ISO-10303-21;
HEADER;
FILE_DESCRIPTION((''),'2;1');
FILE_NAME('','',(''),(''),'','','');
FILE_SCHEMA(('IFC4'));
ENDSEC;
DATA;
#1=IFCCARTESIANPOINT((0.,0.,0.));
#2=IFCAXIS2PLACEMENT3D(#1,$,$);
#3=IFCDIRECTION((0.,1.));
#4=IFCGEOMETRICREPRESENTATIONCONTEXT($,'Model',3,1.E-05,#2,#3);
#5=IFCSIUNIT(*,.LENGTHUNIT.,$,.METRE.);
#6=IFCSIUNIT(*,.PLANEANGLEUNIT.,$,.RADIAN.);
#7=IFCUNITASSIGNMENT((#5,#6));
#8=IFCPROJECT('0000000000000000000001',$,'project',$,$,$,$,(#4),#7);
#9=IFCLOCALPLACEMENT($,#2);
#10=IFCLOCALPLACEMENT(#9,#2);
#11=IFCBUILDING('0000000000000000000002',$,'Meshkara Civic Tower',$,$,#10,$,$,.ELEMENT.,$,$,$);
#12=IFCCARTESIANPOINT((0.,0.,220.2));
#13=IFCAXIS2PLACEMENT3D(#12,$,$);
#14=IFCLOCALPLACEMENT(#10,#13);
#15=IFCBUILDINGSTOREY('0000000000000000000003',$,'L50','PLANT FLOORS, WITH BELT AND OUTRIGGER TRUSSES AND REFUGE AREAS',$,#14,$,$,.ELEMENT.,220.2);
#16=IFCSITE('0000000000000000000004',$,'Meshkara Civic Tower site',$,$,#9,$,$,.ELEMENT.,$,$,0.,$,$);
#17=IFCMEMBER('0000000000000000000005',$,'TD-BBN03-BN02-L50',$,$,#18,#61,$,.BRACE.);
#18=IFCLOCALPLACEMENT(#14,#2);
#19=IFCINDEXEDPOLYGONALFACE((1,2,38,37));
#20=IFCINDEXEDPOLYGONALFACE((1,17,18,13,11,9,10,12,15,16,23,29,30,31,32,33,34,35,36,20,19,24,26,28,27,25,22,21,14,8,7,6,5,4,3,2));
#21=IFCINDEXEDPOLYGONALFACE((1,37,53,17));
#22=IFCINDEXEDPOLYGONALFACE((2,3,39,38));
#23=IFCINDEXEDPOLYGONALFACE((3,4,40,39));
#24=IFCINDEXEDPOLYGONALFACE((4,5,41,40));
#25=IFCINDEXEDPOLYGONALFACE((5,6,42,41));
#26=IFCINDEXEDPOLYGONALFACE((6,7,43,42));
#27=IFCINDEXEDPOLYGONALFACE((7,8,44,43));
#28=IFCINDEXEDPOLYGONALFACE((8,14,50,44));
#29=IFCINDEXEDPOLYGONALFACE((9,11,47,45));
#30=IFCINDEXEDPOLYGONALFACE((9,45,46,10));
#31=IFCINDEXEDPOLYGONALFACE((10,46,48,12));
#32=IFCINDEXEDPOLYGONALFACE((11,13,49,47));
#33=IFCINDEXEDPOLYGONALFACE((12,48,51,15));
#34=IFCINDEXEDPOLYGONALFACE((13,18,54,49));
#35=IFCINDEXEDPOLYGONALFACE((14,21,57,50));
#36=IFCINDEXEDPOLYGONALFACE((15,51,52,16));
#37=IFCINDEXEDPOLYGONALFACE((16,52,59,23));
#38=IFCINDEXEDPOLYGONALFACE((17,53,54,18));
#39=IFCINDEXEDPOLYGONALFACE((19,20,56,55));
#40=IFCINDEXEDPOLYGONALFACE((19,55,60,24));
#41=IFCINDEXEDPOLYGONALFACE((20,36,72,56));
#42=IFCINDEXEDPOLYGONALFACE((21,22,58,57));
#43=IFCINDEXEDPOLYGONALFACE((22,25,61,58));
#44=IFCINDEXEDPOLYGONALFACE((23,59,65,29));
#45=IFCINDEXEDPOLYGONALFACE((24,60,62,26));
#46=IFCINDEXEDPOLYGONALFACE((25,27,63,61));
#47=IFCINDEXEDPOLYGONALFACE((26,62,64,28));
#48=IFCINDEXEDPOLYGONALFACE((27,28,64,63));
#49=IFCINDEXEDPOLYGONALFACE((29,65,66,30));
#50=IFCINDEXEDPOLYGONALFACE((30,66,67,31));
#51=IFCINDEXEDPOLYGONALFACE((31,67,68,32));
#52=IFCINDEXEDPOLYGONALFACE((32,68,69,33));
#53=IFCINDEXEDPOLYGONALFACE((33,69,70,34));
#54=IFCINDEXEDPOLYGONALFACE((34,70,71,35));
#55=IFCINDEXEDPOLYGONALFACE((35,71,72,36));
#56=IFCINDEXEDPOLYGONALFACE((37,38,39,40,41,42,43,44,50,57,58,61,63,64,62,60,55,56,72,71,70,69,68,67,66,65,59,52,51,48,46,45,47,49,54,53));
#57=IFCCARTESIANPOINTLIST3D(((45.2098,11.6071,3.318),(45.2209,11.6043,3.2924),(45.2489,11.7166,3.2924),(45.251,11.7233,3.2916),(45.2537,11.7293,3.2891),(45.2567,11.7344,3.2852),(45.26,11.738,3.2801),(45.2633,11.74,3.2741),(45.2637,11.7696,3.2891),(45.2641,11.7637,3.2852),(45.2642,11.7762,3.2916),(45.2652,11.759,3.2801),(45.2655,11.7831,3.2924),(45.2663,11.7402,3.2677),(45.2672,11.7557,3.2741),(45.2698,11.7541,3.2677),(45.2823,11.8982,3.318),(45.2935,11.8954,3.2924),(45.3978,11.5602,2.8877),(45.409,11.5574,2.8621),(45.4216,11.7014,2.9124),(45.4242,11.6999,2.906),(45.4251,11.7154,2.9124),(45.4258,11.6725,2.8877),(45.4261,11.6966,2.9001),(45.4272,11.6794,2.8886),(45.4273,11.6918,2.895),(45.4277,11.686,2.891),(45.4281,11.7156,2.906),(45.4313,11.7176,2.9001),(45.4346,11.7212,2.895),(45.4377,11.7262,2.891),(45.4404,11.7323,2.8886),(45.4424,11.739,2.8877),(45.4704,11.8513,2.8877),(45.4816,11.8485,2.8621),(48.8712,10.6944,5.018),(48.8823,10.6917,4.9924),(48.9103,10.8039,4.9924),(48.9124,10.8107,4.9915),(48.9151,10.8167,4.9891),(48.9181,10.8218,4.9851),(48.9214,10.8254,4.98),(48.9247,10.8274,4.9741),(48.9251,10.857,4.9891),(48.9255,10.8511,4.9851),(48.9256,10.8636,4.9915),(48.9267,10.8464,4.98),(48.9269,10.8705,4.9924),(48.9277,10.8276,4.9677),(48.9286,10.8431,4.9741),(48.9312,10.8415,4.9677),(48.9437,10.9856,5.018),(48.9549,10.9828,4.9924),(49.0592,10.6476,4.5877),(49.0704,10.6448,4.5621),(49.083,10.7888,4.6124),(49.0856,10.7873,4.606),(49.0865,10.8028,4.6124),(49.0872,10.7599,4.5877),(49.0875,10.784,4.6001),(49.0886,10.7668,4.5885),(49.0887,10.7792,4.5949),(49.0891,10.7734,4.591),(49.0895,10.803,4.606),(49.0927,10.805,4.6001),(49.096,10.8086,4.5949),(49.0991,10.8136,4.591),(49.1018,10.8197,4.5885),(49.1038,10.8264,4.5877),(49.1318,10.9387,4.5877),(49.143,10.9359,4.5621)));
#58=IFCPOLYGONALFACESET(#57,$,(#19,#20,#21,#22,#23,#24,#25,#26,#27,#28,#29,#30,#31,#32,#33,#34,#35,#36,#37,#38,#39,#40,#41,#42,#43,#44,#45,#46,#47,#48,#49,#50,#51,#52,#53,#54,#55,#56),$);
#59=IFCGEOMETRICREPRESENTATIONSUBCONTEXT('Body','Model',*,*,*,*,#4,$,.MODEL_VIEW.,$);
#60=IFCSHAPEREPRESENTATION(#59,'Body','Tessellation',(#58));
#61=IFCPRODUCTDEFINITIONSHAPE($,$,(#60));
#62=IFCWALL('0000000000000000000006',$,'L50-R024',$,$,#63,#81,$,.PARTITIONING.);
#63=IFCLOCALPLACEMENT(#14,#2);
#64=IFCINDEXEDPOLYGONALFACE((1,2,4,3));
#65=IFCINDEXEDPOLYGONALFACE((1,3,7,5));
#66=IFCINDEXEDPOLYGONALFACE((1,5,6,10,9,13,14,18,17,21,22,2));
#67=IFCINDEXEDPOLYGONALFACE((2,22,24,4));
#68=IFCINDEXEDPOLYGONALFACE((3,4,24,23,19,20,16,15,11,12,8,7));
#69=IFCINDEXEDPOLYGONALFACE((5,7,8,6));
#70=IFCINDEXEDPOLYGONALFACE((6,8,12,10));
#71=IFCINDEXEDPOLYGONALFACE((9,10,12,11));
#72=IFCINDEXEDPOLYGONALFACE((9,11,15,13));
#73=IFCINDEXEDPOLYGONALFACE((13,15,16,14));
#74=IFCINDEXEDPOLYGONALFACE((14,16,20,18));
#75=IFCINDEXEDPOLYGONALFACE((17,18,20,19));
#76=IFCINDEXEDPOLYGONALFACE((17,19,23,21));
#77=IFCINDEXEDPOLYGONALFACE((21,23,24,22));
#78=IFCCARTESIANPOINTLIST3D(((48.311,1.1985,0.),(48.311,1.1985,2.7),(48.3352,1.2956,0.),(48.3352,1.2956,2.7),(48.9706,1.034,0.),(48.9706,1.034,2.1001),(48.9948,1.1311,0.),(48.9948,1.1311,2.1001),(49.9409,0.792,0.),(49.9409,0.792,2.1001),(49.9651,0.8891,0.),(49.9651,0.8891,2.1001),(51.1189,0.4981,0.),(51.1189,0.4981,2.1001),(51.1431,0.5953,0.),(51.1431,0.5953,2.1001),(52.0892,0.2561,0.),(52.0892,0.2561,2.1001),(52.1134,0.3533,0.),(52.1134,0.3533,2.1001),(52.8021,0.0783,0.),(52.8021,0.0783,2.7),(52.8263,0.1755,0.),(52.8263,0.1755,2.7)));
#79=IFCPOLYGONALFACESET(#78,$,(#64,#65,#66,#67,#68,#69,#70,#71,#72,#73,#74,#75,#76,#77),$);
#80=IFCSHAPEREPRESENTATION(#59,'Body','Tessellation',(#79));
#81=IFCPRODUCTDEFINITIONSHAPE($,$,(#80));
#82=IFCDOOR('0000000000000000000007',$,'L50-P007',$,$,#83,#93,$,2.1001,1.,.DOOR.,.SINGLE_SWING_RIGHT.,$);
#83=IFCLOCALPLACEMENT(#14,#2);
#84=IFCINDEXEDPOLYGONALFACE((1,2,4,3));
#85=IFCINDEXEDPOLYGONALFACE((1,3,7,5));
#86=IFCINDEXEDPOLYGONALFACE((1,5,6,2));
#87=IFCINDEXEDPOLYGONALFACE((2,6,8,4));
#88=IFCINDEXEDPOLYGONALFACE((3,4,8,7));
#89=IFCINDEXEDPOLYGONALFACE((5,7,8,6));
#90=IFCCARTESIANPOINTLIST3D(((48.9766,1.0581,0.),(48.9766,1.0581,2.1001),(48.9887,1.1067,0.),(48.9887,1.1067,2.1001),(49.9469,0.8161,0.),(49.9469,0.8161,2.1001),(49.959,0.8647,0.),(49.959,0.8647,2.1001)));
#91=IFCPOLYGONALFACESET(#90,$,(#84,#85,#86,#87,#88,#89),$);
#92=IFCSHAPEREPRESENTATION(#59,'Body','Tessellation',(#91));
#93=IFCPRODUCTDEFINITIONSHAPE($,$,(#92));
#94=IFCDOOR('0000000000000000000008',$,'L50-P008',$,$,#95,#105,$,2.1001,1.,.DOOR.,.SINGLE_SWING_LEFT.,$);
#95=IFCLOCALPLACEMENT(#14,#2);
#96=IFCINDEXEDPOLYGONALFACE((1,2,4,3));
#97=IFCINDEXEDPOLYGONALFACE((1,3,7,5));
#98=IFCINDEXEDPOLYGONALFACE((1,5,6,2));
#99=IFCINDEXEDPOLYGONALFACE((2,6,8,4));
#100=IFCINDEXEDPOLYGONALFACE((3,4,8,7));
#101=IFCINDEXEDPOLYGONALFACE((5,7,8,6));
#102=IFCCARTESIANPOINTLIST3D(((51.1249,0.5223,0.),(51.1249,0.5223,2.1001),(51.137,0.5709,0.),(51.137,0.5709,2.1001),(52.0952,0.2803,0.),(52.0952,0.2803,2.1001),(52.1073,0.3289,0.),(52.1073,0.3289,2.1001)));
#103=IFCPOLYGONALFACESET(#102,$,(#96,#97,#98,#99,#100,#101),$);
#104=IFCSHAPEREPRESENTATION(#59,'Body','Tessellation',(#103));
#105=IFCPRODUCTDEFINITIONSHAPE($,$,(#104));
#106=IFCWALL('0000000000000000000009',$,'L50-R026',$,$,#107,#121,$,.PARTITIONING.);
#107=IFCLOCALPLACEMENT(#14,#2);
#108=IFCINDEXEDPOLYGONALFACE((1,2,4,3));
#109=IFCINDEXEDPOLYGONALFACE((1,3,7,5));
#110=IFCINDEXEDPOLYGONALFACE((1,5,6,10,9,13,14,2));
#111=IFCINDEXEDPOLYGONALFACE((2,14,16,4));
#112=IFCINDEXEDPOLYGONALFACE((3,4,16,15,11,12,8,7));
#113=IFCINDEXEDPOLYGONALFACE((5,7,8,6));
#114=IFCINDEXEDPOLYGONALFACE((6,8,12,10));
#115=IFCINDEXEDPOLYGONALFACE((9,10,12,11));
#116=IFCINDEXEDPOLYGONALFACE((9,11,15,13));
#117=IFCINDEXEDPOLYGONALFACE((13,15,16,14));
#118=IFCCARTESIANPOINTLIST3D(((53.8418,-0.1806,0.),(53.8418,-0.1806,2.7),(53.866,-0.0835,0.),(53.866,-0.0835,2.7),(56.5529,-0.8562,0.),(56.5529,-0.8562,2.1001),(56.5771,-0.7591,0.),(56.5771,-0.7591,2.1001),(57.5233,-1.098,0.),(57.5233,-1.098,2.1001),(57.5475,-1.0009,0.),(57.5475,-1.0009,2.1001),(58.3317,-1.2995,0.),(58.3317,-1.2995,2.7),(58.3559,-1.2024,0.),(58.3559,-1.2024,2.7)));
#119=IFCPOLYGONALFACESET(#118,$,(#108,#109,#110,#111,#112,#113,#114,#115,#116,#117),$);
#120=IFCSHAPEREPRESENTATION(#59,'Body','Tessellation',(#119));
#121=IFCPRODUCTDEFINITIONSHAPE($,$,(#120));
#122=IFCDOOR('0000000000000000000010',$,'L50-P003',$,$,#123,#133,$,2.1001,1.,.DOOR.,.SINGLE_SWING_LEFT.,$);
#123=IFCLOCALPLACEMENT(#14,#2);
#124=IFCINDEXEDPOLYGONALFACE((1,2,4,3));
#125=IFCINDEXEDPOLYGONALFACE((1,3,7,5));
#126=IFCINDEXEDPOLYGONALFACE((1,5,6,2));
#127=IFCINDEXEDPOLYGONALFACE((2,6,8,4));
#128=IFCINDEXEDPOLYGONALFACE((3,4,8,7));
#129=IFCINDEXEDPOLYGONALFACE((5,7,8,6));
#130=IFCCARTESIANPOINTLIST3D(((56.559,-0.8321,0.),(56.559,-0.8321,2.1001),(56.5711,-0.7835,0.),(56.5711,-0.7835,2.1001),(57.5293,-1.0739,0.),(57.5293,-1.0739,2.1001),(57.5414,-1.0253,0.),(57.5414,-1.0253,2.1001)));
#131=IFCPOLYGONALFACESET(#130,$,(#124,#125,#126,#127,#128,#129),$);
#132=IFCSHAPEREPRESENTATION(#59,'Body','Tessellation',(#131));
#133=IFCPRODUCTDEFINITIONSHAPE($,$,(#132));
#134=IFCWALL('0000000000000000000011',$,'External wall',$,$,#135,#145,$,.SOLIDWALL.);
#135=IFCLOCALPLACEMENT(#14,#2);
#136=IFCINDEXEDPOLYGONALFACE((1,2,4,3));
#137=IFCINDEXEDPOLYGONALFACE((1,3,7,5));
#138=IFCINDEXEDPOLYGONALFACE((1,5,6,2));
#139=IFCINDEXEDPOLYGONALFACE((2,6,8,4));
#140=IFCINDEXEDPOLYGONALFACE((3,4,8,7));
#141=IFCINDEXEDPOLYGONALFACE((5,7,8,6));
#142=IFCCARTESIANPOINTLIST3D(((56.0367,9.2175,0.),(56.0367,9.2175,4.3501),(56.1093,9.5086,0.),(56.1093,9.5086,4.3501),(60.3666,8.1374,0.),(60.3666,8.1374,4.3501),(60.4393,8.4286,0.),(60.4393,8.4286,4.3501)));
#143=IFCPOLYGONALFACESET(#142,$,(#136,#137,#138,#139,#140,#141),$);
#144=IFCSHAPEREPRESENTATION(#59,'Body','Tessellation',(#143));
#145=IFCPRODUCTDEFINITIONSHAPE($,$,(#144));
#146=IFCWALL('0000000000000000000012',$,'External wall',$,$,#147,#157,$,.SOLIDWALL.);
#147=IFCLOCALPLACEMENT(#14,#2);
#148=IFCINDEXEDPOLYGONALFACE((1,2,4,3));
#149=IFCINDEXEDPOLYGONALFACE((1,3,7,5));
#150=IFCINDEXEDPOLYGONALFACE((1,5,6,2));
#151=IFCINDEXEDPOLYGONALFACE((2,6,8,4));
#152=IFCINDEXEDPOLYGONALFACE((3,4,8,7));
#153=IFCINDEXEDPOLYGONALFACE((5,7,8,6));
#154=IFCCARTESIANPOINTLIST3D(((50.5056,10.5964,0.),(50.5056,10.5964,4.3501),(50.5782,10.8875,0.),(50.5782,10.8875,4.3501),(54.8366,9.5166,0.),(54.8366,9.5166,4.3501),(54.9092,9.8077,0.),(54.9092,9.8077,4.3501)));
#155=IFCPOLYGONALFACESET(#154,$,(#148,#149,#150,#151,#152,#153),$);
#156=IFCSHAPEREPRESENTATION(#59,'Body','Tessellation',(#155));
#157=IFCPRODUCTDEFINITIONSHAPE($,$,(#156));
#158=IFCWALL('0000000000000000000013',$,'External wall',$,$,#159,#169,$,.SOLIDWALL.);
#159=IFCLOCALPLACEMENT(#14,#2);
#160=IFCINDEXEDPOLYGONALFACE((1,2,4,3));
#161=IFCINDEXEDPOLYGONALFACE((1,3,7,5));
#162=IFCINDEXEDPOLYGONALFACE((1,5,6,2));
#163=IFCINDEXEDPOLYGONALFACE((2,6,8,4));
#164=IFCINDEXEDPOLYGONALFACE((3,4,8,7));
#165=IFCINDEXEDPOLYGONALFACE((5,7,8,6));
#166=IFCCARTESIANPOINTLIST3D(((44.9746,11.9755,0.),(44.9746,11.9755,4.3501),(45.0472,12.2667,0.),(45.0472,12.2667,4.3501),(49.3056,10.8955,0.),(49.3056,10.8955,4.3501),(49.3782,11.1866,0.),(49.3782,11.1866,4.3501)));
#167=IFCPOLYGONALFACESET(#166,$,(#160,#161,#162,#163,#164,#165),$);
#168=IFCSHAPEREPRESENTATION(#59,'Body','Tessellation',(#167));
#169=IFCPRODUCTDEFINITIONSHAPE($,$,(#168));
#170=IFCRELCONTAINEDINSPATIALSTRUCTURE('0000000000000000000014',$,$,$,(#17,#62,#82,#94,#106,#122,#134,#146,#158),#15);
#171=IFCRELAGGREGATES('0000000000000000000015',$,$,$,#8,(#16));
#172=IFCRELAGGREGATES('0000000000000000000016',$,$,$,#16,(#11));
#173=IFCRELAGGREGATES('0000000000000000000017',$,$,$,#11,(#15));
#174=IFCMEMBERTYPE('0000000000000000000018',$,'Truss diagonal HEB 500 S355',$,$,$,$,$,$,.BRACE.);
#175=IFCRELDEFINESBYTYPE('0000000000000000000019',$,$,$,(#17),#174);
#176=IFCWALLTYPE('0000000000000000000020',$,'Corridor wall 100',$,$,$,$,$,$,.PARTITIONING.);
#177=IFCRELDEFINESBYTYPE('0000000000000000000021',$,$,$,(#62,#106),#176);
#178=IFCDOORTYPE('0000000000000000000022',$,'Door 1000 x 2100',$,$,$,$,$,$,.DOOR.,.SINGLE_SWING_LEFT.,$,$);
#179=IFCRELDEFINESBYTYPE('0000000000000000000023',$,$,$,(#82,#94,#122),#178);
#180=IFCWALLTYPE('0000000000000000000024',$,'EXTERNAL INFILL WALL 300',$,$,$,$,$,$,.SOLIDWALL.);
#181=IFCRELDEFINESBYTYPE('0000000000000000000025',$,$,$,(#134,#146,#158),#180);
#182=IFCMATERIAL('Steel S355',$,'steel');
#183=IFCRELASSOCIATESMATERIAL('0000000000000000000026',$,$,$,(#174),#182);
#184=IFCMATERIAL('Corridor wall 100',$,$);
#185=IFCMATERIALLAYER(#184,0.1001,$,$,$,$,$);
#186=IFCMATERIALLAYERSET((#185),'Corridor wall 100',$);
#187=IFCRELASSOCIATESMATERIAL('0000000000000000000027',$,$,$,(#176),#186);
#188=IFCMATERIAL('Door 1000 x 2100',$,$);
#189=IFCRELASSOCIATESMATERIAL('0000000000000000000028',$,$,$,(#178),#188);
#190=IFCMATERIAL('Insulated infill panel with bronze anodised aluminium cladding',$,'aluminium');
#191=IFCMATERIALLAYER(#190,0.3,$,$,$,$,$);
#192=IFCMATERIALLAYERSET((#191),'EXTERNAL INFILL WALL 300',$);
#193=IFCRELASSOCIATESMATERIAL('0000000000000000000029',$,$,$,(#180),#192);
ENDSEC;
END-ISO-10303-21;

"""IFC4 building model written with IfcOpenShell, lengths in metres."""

from ifc_helpers import new_model, si_unit, direction, frame, frame_2d, origin, origin_2d, place, context, subcontext, project, spatial, rectangle, i_section, extrude, material, layer, layer_set, material_profile, profile_set, type_object, element, fill, save


model = new_model("IFC4")

# Units and contexts
model_context = context("Model", 3, precision=1e-05, world=origin(), true_north=direction((0.0, 1.0)))
body_context = subcontext(model_context, "Body", "Model", "MODEL_VIEW")
ifc_project = project(units=[si_unit("LENGTHUNIT", "METRE"), si_unit("PLANEANGLEUNIT", "RADIAN")], contexts=[model_context])

# Site, building, storey
site_placement = place(None, origin())
site = spatial("IfcSite", under=ifc_project, at=site_placement, Name="Meshkara Civic Tower site", CompositionType="ELEMENT", RefElevation=0.0)
building_placement = place(site_placement, origin())
building = spatial("IfcBuilding", under=site, at=building_placement, Name="Meshkara Civic Tower", CompositionType="ELEMENT")
storey_placement = place(building_placement, frame((0.0, 0.0, 220.2)))
storey = spatial("IfcBuildingStorey", under=building, at=storey_placement, Name="L50", Description="PLANT FLOORS, WITH BELT AND OUTRIGGER TRUSSES AND REFUGE AREAS", CompositionType="ELEMENT", Elevation=220.2)

# Member
ifc_material_1 = material(Name="Steel S355", Category="steel")
ifc_material_profile_1 = material_profile(ifc_material_1, i_section(OverallWidth=0.3, OverallDepth=0.5, WebThickness=0.0144, FlangeThickness=0.0281, FilletRadius=0.0271, at=origin_2d()))
ifc_profile_set_1 = profile_set([ifc_material_profile_1], Name="Steel S355")
member_type_1 = type_object("IfcMemberType", Name="Truss diagonal HEB 500 S355", PredefinedType="BRACE", material=ifc_profile_set_1)
for number, where, z_axis, x_axis, name in (
    (1, (49.0071, 10.8152, 4.79), (-0.884681, 0.220507, -0.410751), (-0.241851, -0.970314, 0.0), "TD-BBN03-BN02-L50"),
):
    element("IfcMember", number, at=place(storey_placement, frame(where, z_axis=z_axis, x_axis=x_axis)), inside=storey, type_object=member_type_1, Name=name, PredefinedType="BRACE", context=body_context, shape_type="SweptSolid", body=[
        extrude(i_section(OverallWidth=0.3, OverallDepth=0.5, WebThickness=0.0144, FlangeThickness=0.0281, FilletRadius=0.0271, at=origin_2d()), origin(), (0.0, 0.0, 1.0), 4.1387),
    ])

# Wall, openings, doors
ifc_material_2 = material(Name="Corridor wall 100")
ifc_layer_1 = layer(ifc_material_2, 0.1001)
ifc_layer_set_1 = layer_set([ifc_layer_1], Name="Corridor wall 100")
wall_type_1 = type_object("IfcWallType", Name="Corridor wall 100", PredefinedType="PARTITIONING", material=ifc_layer_set_1)
wall_1_placement = place(storey_placement, frame((48.323, 1.2471, 0.0), z_axis=(0.0, 0.0, 1.0), x_axis=(0.970276, -0.242002, 0.0)))
wall_1 = element("IfcWall", 2, at=wall_1_placement, inside=storey, type_object=wall_type_1, Name="L50-R024", PredefinedType="PARTITIONING", context=body_context, shape_type="SweptSolid", body=[
    extrude(rectangle(XDim=4.6287, YDim=0.1001, at=frame_2d((2.3145, 0.0))), origin(), (0.0, 0.0, 1.0), 2.7),
])
opening_1_placement = place(wall_1_placement, frame((0.6799, 0.0, 0.0)))
opening_1 = element("IfcOpeningElement", 3, at=opening_1_placement, cuts=wall_1, PredefinedType="OPENING", context=body_context, shape_type="SweptSolid", body=[
    extrude(rectangle(XDim=1.0, YDim=2.1001, at=frame_2d((0.5, 1.05))), frame((0.0, 0.0601, 0.0), z_axis=(0.0, -1.0, 0.0), x_axis=(1.0, 0.0, 0.0)), (0.0, 0.0, 1.0), 0.1201),
])
opening_2_placement = place(wall_1_placement, frame((2.894, 0.0, 0.0)))
opening_2 = element("IfcOpeningElement", 4, at=opening_2_placement, cuts=wall_1, PredefinedType="OPENING", context=body_context, shape_type="SweptSolid", body=[
    extrude(rectangle(XDim=1.0, YDim=2.1001, at=frame_2d((0.5, 1.05))), frame((0.0, 0.0601, 0.0), z_axis=(0.0, -1.0, 0.0), x_axis=(1.0, 0.0, 0.0)), (0.0, 0.0, 1.0), 0.1201),
])
ifc_material_3 = material(Name="Door 1000 x 2100")
door_type = type_object("IfcDoorType", Name="Door 1000 x 2100", OperationType="SINGLE_SWING_LEFT", PredefinedType="DOOR", material=ifc_material_3)
door_1_placement = place(opening_1_placement, origin())
door_1 = element("IfcDoor", 5, at=door_1_placement, inside=storey, type_object=door_type, Name="L50-P007", OperationType="SINGLE_SWING_RIGHT", OverallHeight=2.1001, OverallWidth=1.0, PredefinedType="DOOR", context=body_context, shape_type="SweptSolid", body=[
    extrude(rectangle(XDim=1.0, YDim=2.1001, at=frame_2d((0.5, 1.05))), frame((0.0, 0.0249, 0.0), z_axis=(0.0, -1.0, 0.0), x_axis=(1.0, 0.0, 0.0)), (0.0, 0.0, 1.0), 0.05),
])
fill(opening_1, door_1)
door_2_placement = place(opening_2_placement, origin())
door_2 = element("IfcDoor", 6, at=door_2_placement, inside=storey, type_object=door_type, Name="L50-P008", OperationType="SINGLE_SWING_LEFT", OverallHeight=2.1001, OverallWidth=1.0, PredefinedType="DOOR", context=body_context, shape_type="SweptSolid", body=[
    extrude(rectangle(XDim=1.0, YDim=2.1001, at=frame_2d((0.5, 1.05))), frame((0.0, 0.0249, 0.0), z_axis=(0.0, -1.0, 0.0), x_axis=(1.0, 0.0, 0.0)), (0.0, 0.0, 1.0), 0.05),
])
fill(opening_2, door_2)

# Wall, opening, door
wall_2_placement = place(storey_placement, frame((53.854, -0.1321, 0.0), z_axis=(0.0, 0.0, 1.0), x_axis=(0.970325, -0.241803, 0.0)))
wall_2 = element("IfcWall", 7, at=wall_2_placement, inside=storey, type_object=wall_type_1, Name="L50-R026", PredefinedType="PARTITIONING", context=body_context, shape_type="SweptSolid", body=[
    extrude(rectangle(XDim=4.6272, YDim=0.1001, at=frame_2d((2.3135, 0.0))), origin(), (0.0, 0.0, 1.0), 2.7),
])
opening_3_placement = place(wall_2_placement, frame((2.7939, 0.0, 0.0)))
opening_3 = element("IfcOpeningElement", 8, at=opening_3_placement, cuts=wall_2, PredefinedType="OPENING", context=body_context, shape_type="SweptSolid", body=[
    extrude(rectangle(XDim=1.0, YDim=2.1001, at=frame_2d((0.5, 1.05))), frame((0.0, 0.0601, 0.0), z_axis=(0.0, -1.0, 0.0), x_axis=(1.0, 0.0, 0.0)), (0.0, 0.0, 1.0), 0.1201),
])
door_3_placement = place(opening_3_placement, origin())
door_3 = element("IfcDoor", 9, at=door_3_placement, inside=storey, type_object=door_type, Name="L50-P003", OperationType="SINGLE_SWING_LEFT", OverallHeight=2.1001, OverallWidth=1.0, PredefinedType="DOOR", context=body_context, shape_type="SweptSolid", body=[
    extrude(rectangle(XDim=1.0, YDim=2.1001, at=frame_2d((0.5, 1.05))), frame((0.0, 0.0249, 0.0), z_axis=(0.0, -1.0, 0.0), x_axis=(1.0, 0.0, 0.0)), (0.0, 0.0, 1.0), 0.05),
])
fill(opening_3, door_3)

# Walls
ifc_material_4 = material(Name="Insulated infill panel with bronze anodised aluminium cladding", Category="aluminium")
ifc_layer_2 = layer(ifc_material_4, 0.3)
ifc_layer_set_2 = layer_set([ifc_layer_2], Name="EXTERNAL INFILL WALL 300")
wall_type_2 = type_object("IfcWallType", Name="EXTERNAL INFILL WALL 300", PredefinedType="SOLIDWALL", material=ifc_layer_set_2)
wall_3_placement = place(storey_placement, frame((60.4031, 8.283, 0.0), z_axis=(0.0, 0.0, 1.0), x_axis=(-0.970271, 0.242021, 0.0)))
element("IfcWall", 10, at=wall_3_placement, inside=storey, type_object=wall_type_2, Name="External wall", PredefinedType="SOLIDWALL", context=body_context, shape_type="SweptSolid", body=[
    extrude(rectangle(XDim=4.4626, YDim=0.3, at=frame_2d((2.2314, 0.0))), origin(), (0.0, 0.0, 1.0), 4.3501),
])
for number, where, z_axis, x_axis, name in (
    (11, (54.873, 9.6621, 0.0), (0.0, 0.0, 1.0), (-0.970297, 0.241918, 0.0), "External wall"),
    (12, (49.342, 11.041, 0.0), (0.0, 0.0, 1.0), (-0.970284, 0.241969, 0.0), "External wall"),
):
    element("IfcWall", number, at=place(storey_placement, frame(where, z_axis=z_axis, x_axis=x_axis)), inside=storey, type_object=wall_type_2, Name=name, PredefinedType="SOLIDWALL", context=body_context, shape_type="SweptSolid", body=[
        extrude(rectangle(XDim=4.4636, YDim=0.3, at=frame_2d((2.2319, 0.0))), origin(), (0.0, 0.0, 1.0), 4.3501),
    ])

save(model, "model.ifc")
